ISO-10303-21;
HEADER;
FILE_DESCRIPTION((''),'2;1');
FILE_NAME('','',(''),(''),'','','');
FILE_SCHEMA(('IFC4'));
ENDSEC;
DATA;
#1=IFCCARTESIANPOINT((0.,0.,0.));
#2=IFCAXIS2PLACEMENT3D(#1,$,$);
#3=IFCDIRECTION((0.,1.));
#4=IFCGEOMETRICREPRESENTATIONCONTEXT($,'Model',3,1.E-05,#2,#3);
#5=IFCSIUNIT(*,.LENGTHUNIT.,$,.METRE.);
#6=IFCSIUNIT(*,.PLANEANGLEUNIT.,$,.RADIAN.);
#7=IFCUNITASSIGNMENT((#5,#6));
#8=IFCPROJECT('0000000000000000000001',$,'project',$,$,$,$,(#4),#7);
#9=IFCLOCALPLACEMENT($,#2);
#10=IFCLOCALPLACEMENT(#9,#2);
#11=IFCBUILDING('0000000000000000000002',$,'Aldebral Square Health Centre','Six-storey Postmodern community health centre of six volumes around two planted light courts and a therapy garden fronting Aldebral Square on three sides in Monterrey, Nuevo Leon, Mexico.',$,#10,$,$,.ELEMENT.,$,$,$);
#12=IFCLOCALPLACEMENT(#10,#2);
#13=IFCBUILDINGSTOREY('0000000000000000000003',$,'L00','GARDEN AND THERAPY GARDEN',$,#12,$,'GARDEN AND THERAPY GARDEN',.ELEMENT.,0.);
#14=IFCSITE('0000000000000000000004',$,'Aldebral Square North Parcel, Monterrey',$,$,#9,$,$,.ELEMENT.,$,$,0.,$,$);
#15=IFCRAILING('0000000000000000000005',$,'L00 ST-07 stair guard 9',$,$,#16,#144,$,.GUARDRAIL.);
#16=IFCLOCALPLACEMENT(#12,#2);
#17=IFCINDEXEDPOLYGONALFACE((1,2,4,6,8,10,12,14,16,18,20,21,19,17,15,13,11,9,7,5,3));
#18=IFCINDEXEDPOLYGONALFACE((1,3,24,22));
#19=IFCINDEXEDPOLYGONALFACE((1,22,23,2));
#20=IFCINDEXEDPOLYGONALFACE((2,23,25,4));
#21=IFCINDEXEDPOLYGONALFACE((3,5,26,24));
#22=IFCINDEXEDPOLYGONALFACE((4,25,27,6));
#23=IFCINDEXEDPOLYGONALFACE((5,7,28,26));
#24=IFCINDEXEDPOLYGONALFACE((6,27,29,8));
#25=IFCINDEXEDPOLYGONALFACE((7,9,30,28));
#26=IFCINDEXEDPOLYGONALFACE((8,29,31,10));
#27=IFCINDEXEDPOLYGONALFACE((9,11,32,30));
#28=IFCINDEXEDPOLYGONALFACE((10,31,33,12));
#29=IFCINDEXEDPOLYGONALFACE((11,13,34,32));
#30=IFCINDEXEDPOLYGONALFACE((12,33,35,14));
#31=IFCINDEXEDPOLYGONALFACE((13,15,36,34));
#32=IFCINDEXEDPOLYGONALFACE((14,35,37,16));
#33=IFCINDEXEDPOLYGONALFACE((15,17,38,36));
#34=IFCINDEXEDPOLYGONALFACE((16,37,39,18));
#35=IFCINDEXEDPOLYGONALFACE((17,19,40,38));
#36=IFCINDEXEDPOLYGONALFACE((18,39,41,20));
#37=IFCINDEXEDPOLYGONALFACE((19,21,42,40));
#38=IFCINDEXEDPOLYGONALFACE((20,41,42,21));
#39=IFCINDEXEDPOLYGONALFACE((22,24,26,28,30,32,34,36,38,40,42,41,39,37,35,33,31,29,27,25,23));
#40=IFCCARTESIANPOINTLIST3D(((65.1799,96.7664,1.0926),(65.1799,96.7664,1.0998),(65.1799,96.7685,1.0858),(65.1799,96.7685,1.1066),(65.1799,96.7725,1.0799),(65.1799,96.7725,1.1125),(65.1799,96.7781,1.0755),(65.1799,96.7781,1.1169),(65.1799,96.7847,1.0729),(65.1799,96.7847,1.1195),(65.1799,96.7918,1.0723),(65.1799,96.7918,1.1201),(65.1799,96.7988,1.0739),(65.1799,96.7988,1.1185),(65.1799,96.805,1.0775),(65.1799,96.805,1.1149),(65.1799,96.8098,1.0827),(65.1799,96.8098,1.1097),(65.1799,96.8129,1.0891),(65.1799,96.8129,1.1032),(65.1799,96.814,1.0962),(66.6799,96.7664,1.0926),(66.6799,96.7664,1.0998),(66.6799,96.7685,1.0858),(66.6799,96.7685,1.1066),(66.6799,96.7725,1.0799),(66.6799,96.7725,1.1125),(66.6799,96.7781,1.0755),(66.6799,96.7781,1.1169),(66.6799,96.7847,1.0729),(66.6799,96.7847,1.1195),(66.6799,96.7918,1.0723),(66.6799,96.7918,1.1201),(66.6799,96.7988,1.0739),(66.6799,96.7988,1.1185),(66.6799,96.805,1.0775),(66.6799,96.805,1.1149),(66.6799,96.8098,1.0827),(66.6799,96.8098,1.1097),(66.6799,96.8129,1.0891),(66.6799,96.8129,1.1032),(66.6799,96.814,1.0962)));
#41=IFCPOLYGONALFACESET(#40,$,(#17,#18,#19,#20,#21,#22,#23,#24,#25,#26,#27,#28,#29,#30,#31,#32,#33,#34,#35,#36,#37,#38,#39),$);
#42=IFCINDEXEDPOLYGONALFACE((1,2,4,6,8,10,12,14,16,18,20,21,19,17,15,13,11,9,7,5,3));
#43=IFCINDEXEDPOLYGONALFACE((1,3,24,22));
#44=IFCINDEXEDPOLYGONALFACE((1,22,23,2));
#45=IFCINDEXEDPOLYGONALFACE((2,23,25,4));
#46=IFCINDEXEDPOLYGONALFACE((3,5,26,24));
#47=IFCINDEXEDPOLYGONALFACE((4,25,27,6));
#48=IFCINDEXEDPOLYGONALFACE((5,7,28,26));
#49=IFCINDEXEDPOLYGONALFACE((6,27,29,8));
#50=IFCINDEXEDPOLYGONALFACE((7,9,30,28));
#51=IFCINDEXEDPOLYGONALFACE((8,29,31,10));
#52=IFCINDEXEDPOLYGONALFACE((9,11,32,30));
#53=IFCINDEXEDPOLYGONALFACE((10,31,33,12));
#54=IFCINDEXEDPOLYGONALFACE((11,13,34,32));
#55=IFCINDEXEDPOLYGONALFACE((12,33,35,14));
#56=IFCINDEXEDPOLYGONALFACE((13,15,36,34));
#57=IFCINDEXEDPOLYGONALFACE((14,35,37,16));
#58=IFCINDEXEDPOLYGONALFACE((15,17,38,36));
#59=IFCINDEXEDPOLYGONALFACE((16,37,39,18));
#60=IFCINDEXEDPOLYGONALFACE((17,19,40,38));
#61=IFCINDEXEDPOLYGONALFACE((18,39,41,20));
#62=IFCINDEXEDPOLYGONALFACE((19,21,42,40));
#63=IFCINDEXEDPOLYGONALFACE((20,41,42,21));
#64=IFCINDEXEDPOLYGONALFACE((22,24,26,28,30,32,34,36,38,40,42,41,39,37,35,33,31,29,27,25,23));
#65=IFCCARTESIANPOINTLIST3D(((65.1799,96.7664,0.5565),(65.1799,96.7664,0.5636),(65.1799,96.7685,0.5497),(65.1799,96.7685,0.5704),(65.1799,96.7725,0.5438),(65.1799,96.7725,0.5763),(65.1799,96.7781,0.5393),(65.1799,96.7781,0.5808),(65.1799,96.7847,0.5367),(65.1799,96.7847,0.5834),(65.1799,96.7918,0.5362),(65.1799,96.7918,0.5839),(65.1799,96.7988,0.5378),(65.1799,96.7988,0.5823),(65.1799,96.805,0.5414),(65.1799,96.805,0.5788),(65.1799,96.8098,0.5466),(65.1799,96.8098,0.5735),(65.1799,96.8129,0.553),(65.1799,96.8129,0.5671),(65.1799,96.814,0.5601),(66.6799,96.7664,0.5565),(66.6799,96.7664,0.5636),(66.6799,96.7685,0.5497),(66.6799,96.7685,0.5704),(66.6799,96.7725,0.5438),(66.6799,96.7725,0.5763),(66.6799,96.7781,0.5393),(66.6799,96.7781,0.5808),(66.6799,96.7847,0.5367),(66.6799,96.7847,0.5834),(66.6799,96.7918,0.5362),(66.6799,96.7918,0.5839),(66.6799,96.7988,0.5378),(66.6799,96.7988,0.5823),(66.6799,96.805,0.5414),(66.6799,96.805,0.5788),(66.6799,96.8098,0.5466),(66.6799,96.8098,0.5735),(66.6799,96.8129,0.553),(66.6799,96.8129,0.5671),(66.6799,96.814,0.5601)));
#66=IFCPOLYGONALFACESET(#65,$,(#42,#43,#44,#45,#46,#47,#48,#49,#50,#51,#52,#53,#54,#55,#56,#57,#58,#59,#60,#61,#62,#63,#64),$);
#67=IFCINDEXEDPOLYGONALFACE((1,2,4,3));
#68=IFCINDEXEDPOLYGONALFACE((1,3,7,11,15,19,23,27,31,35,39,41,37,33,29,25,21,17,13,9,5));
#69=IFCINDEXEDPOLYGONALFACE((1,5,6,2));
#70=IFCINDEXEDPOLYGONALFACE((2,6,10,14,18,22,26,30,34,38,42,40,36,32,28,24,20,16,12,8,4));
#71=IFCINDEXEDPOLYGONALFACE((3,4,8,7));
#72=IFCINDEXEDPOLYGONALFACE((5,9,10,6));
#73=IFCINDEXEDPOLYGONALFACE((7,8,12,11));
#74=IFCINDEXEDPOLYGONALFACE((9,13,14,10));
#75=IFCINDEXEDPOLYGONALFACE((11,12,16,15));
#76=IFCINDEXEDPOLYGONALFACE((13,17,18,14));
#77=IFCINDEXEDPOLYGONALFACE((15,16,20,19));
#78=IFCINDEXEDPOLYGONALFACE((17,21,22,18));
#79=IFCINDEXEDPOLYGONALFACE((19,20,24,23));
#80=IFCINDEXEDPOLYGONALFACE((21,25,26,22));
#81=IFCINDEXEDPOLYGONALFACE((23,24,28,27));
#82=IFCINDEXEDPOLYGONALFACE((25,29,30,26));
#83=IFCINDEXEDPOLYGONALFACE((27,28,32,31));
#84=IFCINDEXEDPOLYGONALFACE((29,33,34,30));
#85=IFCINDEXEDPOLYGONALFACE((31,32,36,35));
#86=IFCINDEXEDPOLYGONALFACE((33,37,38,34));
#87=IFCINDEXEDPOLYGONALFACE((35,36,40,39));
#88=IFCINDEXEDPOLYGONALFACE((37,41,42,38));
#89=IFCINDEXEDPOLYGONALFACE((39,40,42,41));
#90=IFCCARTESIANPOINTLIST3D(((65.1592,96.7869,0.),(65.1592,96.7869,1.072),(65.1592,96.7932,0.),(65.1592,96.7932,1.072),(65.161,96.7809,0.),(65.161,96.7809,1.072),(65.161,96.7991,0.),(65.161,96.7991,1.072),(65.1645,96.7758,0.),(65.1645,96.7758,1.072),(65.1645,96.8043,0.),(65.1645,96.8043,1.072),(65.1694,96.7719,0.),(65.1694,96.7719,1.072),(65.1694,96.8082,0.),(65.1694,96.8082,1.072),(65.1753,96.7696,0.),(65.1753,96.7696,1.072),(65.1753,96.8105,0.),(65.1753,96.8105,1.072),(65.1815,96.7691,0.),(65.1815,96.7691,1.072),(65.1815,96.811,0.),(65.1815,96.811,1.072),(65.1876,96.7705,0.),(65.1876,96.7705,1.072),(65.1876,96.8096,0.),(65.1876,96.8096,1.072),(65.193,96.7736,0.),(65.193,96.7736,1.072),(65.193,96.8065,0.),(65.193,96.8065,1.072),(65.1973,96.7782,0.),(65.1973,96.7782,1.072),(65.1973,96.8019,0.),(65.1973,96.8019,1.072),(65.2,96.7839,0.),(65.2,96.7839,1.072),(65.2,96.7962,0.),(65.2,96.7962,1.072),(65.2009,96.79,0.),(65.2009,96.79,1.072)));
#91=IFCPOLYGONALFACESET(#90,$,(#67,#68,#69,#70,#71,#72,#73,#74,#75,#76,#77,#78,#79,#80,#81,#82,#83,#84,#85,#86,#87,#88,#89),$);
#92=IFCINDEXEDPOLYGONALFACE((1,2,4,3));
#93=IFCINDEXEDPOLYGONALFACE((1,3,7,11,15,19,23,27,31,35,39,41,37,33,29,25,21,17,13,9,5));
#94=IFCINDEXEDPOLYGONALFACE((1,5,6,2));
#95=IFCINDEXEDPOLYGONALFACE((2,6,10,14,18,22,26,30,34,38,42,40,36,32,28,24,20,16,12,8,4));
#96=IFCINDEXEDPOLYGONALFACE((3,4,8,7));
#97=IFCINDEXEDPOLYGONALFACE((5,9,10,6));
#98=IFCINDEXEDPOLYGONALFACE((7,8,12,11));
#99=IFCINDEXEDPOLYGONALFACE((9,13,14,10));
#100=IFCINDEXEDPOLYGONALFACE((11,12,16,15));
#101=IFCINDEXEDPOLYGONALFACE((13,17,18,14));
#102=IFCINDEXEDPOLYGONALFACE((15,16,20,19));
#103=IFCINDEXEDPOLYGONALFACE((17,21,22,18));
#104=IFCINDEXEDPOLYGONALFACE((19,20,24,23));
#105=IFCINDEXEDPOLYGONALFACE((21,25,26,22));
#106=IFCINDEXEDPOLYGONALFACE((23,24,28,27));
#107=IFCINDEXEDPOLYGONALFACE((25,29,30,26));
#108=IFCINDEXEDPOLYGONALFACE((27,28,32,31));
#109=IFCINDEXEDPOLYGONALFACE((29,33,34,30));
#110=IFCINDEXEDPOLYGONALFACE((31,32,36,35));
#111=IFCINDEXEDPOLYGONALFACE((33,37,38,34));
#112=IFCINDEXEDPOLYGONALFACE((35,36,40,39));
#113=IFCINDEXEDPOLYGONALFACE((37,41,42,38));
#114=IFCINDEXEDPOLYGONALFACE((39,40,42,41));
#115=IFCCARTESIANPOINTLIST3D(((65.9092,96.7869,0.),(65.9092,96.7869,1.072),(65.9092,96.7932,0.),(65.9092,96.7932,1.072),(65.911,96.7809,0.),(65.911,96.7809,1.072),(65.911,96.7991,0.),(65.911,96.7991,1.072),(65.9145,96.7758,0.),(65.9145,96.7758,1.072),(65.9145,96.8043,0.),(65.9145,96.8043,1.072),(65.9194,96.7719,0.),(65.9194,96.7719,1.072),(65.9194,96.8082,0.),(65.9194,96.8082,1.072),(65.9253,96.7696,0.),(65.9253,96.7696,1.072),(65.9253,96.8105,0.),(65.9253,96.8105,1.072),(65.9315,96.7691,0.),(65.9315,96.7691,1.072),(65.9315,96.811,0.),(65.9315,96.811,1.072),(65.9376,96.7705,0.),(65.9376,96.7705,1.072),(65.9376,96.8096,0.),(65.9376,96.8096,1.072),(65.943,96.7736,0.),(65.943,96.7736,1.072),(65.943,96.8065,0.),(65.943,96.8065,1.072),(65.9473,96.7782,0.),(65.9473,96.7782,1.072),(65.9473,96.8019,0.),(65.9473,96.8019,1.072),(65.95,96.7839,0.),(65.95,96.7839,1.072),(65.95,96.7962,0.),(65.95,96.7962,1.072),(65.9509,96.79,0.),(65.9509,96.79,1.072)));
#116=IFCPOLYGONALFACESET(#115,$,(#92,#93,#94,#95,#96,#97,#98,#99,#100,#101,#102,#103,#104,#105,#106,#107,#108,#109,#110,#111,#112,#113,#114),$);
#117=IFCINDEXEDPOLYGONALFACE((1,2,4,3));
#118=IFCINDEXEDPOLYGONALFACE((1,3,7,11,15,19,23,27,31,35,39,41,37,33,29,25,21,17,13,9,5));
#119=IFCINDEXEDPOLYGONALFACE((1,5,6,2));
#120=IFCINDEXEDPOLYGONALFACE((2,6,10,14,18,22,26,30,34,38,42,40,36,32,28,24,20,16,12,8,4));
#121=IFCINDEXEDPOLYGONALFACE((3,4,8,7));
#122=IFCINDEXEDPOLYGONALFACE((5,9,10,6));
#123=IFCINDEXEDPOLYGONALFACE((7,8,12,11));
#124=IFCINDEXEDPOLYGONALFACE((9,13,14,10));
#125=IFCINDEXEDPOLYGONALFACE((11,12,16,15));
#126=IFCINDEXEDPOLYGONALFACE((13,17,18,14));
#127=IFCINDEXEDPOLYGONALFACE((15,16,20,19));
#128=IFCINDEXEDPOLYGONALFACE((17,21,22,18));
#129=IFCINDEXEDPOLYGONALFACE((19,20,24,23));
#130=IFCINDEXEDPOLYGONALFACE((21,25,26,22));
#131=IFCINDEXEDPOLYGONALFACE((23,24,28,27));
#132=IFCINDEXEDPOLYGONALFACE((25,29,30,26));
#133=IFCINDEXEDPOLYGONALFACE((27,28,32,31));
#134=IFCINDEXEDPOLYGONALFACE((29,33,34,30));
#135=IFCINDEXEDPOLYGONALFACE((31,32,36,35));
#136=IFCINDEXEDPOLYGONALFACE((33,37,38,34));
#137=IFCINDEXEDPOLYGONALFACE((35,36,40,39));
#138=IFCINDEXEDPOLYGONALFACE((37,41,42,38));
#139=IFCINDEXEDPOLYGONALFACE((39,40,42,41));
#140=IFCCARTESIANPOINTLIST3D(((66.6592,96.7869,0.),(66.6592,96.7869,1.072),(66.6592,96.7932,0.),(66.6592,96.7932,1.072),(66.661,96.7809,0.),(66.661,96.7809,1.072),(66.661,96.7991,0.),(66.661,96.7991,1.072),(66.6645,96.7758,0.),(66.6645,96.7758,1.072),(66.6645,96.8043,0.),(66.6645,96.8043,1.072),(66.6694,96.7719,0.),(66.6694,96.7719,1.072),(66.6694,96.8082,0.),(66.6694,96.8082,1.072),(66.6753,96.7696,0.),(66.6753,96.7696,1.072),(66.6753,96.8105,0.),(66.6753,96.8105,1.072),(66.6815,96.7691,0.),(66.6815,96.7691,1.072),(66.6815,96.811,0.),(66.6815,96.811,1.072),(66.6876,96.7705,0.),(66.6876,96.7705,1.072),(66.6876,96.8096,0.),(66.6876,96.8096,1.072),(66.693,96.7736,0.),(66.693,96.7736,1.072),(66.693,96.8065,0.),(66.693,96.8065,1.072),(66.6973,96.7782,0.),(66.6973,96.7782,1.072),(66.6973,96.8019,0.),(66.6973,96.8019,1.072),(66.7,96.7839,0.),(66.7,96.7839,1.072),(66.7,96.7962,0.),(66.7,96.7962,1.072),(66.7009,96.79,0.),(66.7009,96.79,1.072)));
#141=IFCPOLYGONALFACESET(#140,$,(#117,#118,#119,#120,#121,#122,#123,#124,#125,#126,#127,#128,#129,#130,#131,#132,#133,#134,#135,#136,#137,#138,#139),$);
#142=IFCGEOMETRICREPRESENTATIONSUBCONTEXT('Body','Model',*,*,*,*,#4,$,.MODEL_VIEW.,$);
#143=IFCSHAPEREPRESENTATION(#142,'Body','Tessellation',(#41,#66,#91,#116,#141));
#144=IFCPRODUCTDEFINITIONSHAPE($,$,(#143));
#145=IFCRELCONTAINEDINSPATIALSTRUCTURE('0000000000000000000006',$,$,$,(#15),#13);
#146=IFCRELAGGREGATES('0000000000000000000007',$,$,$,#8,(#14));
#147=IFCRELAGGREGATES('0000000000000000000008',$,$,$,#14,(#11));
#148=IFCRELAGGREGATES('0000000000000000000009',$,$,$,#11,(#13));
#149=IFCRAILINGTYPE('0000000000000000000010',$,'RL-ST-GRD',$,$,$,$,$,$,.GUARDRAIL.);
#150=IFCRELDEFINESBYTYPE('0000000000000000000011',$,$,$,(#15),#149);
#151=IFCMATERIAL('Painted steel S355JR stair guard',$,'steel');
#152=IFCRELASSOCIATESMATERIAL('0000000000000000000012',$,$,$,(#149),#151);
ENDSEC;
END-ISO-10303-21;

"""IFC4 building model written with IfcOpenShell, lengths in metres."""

from ifc_helpers import new_model, si_unit, direction, frame, origin, origin_2d, place, context, subcontext, project, spatial, circle, extrude, material, type_object, element, save


model = new_model("IFC4")

# Units and contexts
model_context = context("Model", 3, precision=1e-05, world=origin(), true_north=direction((0.0, 1.0)))
body_context = subcontext(model_context, "Body", "Model", "MODEL_VIEW")
ifc_project = project(units=[si_unit("LENGTHUNIT", "METRE"), si_unit("PLANEANGLEUNIT", "RADIAN")], contexts=[model_context])

# Site, building, storey
site_placement = place(None, origin())
site = spatial("IfcSite", under=ifc_project, at=site_placement, Name="Aldebral Square North Parcel, Monterrey", CompositionType="ELEMENT", RefElevation=0.0)
building_placement = place(site_placement, origin())
building = spatial("IfcBuilding", under=site, at=building_placement, Name="Aldebral Square Health Centre", Description="Six-storey Postmodern community health centre of six volumes around two planted light courts and a therapy garden fronting Aldebral Square on three sides in Monterrey, Nuevo Leon, Mexico.", CompositionType="ELEMENT")
storey_placement = place(building_placement, origin())
storey = spatial("IfcBuildingStorey", under=building, at=storey_placement, Name="L00", Description="GARDEN AND THERAPY GARDEN", LongName="GARDEN AND THERAPY GARDEN", CompositionType="ELEMENT", Elevation=0.0)

# Railing
ifc_material_1 = material(Name="Painted steel S355JR stair guard", Category="steel")
railing_type_1 = type_object("IfcRailingType", Name="RL-ST-GRD", PredefinedType="GUARDRAIL", material=ifc_material_1)
for number, where, name in (
    (1, (65.1799, 96.79, 0.0), "L00 ST-07 stair guard 9"),
):
    element("IfcRailing", number, at=place(storey_placement, frame(where)), inside=storey, type_object=railing_type_1, Name=name, PredefinedType="GUARDRAIL", context=body_context, shape_type="SweptSolid", body=[
        extrude(circle(Radius=0.0239, at=origin_2d()), frame((0.0, 0.0, 1.0962), z_axis=(1.0, 0.0, 0.0), x_axis=(0.0, 1.0, 0.0)), (0.0, 0.0, 1.0), 1.5),
        extrude(circle(Radius=0.0239, at=origin_2d()), frame((0.0, 0.0, 0.5601), z_axis=(1.0, 0.0, 0.0), x_axis=(0.0, 1.0, 0.0)), (0.0, 0.0, 1.0), 1.5),
        extrude(circle(Radius=0.021, at=origin_2d()), origin(), (0.0, 0.0, 1.0), 1.072),
        extrude(circle(Radius=0.021, at=origin_2d()), frame((0.75, 0.0, 0.0)), (0.0, 0.0, 1.0), 1.072),
        extrude(circle(Radius=0.021, at=origin_2d()), frame((1.5, 0.0, 0.0)), (0.0, 0.0, 1.0), 1.072),
    ])

save(model, "model.ifc")
